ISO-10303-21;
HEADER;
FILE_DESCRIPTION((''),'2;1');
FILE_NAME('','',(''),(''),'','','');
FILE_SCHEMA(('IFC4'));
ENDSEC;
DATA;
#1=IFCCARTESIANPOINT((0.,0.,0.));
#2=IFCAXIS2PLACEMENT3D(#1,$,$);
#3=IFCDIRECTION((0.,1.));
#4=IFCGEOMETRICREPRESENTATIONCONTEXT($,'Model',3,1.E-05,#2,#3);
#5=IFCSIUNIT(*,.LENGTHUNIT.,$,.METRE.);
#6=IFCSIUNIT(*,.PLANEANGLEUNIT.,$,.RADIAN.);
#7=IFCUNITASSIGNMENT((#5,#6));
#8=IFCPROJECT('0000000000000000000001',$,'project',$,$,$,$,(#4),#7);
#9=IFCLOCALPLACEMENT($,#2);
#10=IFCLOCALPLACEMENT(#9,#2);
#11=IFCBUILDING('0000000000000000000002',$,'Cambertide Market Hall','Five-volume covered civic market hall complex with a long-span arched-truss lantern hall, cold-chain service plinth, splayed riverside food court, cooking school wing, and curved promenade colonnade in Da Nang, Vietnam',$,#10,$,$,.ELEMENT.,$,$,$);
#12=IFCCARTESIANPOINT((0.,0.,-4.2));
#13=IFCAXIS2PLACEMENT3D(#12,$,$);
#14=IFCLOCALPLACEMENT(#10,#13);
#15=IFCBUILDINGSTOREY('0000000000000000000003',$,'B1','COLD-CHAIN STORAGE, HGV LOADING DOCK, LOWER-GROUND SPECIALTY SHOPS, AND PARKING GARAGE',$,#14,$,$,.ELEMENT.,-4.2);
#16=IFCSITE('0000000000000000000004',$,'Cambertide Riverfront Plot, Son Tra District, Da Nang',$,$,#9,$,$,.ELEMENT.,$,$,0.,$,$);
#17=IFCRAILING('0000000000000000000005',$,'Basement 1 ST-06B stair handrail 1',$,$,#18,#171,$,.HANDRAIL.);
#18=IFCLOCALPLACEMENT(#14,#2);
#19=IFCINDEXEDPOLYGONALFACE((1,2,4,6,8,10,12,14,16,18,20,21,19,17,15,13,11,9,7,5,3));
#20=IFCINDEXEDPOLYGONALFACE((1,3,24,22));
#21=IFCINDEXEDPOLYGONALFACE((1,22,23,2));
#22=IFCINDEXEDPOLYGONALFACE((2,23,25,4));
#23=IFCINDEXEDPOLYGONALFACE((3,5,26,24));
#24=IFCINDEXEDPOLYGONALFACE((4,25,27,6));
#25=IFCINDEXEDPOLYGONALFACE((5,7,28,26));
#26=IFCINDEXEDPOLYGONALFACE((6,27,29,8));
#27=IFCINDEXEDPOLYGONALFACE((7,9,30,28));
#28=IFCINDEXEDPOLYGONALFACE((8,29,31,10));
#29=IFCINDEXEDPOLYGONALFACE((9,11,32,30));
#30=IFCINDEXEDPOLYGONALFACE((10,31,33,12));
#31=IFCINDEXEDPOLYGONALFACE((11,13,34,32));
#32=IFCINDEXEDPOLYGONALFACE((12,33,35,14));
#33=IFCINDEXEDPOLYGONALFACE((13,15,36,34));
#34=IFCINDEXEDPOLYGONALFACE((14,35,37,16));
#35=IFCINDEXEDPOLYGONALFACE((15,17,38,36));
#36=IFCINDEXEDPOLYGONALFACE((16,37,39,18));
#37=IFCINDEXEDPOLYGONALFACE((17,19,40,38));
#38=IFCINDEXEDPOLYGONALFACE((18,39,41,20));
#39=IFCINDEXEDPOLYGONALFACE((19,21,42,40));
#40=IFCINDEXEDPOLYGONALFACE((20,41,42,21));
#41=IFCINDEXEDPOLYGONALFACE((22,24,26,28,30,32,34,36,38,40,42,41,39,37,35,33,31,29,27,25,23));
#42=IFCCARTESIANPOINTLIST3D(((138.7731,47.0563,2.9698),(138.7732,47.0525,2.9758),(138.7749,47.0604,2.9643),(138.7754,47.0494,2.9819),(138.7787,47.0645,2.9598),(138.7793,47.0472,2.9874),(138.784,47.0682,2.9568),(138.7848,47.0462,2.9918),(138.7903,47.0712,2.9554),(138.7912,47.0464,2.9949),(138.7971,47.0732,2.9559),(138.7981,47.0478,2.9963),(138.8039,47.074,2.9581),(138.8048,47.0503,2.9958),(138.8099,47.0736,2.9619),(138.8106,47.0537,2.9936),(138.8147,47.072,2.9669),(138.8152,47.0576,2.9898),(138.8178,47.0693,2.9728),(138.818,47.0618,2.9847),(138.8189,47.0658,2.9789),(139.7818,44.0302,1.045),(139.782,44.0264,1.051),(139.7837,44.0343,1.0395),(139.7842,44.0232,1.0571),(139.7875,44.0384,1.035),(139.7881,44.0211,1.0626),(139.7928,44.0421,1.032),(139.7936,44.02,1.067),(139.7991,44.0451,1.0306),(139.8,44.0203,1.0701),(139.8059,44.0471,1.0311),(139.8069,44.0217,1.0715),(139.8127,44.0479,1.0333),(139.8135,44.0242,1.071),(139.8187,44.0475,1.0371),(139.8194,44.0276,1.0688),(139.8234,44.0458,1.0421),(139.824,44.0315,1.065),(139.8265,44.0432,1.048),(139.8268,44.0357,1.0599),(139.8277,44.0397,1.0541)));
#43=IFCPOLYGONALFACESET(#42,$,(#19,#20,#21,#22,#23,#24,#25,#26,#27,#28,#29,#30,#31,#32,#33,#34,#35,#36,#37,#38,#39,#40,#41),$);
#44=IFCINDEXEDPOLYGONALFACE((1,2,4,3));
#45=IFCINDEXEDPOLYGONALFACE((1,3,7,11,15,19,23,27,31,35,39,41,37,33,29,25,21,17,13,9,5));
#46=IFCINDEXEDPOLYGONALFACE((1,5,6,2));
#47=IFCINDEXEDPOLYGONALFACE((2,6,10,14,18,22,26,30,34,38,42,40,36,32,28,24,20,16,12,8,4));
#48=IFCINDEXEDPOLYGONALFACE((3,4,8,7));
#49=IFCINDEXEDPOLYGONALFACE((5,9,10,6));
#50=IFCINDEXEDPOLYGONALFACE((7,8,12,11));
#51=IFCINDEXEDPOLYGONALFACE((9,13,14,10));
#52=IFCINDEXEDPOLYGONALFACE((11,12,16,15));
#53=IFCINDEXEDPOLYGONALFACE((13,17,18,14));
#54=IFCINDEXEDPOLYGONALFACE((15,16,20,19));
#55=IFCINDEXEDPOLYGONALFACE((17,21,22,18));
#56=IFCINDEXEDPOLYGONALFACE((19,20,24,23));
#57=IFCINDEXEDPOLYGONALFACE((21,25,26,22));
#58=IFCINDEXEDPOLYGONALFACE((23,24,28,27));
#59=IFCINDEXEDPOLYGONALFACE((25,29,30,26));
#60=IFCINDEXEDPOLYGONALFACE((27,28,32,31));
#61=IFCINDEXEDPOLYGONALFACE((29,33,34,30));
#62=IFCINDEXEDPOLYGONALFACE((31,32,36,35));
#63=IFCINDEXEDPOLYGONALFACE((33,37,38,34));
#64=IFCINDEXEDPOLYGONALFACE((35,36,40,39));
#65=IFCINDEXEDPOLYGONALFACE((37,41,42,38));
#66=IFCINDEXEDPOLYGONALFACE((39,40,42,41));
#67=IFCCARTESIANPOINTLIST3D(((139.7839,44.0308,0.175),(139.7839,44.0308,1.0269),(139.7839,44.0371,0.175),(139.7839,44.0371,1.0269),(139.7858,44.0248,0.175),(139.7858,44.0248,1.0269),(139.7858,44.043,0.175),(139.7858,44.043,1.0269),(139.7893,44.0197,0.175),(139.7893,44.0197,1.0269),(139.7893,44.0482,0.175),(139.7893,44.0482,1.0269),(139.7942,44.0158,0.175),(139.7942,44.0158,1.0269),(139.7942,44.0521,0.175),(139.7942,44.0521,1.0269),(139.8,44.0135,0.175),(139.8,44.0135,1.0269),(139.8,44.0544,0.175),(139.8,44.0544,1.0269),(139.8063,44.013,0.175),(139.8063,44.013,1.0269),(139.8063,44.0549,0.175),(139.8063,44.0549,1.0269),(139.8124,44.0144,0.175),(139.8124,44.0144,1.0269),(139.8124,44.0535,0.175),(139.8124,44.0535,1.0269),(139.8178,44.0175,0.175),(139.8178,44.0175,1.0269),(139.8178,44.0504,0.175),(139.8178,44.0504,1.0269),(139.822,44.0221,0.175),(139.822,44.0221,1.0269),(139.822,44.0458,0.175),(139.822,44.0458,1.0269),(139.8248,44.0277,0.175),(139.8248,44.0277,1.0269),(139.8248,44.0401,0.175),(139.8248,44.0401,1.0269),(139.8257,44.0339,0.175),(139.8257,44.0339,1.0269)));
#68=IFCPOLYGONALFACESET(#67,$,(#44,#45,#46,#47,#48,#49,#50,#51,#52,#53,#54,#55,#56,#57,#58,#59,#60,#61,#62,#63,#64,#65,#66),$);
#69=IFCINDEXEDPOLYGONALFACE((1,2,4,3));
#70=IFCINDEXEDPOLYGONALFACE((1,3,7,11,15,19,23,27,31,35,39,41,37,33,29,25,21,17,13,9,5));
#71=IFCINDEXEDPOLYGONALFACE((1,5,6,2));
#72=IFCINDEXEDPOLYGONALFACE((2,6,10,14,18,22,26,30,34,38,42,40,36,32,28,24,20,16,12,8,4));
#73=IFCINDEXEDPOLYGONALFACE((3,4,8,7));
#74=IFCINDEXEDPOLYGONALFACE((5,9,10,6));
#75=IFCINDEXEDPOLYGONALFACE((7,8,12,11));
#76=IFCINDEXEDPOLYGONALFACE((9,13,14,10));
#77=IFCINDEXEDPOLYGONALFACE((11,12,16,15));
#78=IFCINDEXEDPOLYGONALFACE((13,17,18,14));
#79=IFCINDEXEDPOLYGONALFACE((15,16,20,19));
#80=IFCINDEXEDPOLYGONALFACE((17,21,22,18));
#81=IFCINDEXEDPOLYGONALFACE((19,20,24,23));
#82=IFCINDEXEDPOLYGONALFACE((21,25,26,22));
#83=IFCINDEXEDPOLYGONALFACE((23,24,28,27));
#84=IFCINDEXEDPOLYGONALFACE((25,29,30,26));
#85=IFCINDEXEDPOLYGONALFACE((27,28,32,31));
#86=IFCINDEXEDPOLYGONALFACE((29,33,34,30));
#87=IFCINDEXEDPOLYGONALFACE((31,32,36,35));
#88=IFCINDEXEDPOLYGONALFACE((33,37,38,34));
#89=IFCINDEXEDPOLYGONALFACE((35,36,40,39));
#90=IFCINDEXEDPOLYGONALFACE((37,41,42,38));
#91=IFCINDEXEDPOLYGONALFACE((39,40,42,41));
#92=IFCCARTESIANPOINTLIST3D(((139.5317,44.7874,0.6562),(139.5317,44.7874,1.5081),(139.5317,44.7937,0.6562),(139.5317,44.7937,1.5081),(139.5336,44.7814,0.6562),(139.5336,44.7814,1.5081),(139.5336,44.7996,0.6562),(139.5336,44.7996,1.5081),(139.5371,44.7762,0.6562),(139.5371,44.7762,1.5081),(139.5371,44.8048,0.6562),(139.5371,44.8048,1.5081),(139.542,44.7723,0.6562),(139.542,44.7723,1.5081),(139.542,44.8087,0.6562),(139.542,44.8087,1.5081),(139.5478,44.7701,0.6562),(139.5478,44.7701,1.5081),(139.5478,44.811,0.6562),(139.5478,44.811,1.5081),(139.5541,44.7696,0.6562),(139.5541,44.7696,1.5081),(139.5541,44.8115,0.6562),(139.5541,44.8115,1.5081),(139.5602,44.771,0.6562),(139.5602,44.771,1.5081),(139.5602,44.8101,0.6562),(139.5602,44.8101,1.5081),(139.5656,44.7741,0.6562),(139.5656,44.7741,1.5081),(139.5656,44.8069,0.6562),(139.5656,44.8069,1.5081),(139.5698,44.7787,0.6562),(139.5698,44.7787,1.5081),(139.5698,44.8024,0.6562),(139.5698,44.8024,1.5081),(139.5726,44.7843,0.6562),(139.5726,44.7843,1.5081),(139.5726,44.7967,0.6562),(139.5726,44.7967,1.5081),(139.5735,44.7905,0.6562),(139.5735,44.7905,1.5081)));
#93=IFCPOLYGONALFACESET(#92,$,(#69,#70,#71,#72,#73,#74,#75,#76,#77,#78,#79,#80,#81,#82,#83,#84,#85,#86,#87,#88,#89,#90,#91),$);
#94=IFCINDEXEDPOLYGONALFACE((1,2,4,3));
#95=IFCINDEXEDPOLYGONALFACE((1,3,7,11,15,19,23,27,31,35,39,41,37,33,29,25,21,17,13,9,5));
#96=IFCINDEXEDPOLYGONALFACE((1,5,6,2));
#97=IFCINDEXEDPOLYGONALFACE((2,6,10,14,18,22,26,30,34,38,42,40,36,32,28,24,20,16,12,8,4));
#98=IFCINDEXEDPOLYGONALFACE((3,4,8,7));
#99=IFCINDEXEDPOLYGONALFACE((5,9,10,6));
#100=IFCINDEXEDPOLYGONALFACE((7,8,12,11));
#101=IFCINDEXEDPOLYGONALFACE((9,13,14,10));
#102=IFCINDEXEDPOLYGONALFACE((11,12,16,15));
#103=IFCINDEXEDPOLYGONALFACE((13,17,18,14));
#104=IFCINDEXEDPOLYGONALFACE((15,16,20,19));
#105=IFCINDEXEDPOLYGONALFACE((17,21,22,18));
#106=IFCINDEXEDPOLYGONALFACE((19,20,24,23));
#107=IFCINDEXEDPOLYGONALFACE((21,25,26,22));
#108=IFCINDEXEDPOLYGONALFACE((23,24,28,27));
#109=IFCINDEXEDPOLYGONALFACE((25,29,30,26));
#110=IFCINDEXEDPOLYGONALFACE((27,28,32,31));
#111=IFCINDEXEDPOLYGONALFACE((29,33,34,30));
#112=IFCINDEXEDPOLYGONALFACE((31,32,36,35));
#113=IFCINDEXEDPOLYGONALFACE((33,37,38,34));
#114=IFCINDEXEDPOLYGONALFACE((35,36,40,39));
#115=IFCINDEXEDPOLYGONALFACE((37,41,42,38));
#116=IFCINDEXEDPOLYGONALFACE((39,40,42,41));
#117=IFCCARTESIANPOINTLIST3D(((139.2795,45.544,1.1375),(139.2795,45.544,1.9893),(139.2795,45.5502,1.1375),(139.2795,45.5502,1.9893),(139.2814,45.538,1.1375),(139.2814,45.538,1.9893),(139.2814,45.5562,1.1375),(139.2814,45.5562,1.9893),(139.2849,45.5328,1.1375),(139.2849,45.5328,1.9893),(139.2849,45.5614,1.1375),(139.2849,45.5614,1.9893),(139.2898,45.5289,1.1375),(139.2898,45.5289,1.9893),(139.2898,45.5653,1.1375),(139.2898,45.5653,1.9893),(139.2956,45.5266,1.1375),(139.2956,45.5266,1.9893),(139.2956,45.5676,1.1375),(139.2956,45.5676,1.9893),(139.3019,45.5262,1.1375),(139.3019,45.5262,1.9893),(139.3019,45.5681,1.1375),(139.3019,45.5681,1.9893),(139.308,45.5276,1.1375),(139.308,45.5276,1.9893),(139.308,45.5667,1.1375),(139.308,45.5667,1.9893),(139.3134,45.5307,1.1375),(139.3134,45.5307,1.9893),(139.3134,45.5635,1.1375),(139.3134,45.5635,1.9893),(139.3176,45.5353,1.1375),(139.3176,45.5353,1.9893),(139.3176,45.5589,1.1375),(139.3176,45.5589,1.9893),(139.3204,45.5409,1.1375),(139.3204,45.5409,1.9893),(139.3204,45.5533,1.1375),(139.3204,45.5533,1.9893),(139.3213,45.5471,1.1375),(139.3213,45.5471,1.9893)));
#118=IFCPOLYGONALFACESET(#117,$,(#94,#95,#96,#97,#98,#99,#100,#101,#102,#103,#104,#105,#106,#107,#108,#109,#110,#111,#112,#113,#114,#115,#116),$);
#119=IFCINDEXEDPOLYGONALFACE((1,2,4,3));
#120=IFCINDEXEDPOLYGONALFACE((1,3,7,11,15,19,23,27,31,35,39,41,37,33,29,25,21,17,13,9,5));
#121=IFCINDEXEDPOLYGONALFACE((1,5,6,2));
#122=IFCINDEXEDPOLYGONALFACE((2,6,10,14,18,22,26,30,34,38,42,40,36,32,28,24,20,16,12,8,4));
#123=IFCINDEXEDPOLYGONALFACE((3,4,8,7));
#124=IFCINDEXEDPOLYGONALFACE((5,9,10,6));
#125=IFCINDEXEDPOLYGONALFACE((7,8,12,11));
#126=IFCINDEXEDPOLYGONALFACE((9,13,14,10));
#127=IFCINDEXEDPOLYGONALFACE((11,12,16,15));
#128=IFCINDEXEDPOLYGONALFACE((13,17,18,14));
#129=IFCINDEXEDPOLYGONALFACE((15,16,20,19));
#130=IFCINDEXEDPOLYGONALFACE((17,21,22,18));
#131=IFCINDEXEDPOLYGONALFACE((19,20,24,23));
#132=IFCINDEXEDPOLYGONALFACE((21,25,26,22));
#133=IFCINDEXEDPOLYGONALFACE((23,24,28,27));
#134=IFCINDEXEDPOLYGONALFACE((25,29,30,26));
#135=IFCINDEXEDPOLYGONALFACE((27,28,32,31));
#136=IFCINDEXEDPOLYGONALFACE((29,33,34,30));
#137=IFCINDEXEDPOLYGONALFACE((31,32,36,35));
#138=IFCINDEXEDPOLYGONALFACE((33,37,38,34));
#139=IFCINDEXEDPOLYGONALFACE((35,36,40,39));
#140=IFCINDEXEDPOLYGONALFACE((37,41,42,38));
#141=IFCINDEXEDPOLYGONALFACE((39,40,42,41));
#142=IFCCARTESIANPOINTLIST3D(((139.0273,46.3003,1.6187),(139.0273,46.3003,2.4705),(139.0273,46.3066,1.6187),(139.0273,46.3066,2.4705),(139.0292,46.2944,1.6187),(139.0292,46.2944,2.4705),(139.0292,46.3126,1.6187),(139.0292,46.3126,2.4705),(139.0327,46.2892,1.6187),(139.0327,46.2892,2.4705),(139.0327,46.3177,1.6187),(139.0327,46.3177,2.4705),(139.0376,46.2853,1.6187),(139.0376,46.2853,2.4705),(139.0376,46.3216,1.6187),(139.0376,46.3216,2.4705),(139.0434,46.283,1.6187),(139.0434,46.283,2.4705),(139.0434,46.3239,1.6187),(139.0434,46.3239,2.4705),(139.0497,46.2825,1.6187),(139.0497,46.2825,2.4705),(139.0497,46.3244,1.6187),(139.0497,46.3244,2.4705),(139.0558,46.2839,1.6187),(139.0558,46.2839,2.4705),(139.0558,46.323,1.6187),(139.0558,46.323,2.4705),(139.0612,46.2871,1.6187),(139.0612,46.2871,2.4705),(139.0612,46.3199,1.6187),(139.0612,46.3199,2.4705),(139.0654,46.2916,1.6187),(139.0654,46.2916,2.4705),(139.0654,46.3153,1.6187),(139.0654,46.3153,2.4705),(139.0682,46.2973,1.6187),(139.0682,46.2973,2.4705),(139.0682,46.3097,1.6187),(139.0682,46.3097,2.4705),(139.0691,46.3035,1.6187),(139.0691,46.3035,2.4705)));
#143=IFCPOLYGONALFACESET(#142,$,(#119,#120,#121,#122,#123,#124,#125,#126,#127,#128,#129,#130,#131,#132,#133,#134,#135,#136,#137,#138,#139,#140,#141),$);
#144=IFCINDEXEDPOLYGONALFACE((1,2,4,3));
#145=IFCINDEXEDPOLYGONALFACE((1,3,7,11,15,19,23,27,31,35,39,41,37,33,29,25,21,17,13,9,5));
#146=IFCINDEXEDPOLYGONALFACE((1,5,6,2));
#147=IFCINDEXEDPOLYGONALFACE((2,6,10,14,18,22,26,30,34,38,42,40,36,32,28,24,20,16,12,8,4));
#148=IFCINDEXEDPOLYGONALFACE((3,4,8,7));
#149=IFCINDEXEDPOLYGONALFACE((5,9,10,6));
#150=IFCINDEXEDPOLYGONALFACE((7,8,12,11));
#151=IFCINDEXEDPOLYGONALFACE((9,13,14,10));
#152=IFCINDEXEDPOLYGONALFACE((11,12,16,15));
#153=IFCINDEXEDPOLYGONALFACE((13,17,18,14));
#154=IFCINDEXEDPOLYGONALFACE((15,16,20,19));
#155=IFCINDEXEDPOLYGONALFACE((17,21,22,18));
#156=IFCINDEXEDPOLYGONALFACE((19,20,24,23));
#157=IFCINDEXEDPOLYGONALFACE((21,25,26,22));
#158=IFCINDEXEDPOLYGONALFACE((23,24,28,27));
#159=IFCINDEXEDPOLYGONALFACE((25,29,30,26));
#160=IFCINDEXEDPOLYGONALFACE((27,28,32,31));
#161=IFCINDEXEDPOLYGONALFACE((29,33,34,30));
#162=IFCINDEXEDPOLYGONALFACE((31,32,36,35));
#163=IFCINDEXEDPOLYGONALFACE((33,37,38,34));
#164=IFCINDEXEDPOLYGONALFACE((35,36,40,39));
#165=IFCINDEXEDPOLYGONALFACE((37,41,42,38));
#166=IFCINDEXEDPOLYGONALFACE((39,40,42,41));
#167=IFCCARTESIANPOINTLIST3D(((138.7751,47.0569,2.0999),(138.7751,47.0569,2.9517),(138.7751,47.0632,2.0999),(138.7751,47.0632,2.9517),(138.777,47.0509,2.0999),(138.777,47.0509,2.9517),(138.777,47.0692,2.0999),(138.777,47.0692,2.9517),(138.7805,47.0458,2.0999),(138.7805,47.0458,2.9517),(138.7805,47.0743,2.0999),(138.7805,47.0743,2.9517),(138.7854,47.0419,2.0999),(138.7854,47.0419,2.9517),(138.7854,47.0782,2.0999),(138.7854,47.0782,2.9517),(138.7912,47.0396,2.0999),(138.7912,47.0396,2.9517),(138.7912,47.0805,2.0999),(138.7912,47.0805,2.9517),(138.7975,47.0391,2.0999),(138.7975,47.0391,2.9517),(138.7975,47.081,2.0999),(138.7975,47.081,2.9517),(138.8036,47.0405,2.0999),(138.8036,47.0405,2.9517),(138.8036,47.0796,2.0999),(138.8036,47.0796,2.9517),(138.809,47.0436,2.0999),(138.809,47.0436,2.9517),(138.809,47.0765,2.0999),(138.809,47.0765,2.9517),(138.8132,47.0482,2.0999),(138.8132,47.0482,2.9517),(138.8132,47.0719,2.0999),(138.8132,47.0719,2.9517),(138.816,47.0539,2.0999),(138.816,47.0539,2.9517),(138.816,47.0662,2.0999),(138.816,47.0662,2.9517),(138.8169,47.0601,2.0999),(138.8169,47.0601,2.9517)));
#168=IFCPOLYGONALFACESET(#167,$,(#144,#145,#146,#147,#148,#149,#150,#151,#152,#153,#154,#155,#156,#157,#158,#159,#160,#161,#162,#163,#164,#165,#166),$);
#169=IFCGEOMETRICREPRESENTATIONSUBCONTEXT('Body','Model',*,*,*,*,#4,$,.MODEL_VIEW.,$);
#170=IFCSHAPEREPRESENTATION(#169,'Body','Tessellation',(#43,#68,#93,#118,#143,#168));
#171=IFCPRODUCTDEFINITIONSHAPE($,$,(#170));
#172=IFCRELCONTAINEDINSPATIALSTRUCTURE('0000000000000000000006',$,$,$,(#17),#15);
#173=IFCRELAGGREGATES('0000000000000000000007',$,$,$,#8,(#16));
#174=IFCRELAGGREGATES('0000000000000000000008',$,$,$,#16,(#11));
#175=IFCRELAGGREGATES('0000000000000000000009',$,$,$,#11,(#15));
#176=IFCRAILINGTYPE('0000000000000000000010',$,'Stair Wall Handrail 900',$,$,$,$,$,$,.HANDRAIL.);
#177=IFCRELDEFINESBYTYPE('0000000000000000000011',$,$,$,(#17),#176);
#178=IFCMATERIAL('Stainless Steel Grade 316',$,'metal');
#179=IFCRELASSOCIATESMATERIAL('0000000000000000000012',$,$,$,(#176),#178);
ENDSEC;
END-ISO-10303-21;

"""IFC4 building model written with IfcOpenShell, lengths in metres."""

from ifc_helpers import new_model, si_unit, direction, frame, origin, origin_2d, place, context, subcontext, project, spatial, circle, extrude, material, type_object, element, save


model = new_model("IFC4")

# Units and contexts
model_context = context("Model", 3, precision=1e-05, world=origin(), true_north=direction((0.0, 1.0)))
body_context = subcontext(model_context, "Body", "Model", "MODEL_VIEW")
ifc_project = project(units=[si_unit("LENGTHUNIT", "METRE"), si_unit("PLANEANGLEUNIT", "RADIAN")], contexts=[model_context])

# Site, building, storey
site_placement = place(None, origin())
site = spatial("IfcSite", under=ifc_project, at=site_placement, Name="Cambertide Riverfront Plot, Son Tra District, Da Nang", CompositionType="ELEMENT", RefElevation=0.0)
building_placement = place(site_placement, origin())
building = spatial("IfcBuilding", under=site, at=building_placement, Name="Cambertide Market Hall", Description="Five-volume covered civic market hall complex with a long-span arched-truss lantern hall, cold-chain service plinth, splayed riverside food court, cooking school wing, and curved promenade colonnade in Da Nang, Vietnam", CompositionType="ELEMENT")
storey_placement = place(building_placement, frame((0.0, 0.0, -4.2)))
storey = spatial("IfcBuildingStorey", under=building, at=storey_placement, Name="B1", Description="COLD-CHAIN STORAGE, HGV LOADING DOCK, LOWER-GROUND SPECIALTY SHOPS, AND PARKING GARAGE", CompositionType="ELEMENT", Elevation=-4.2)

# Railing
ifc_material_1 = material(Name="Stainless Steel Grade 316", Category="metal")
railing_type_1 = type_object("IfcRailingType", Name="Stair Wall Handrail 900", PredefinedType="HANDRAIL", material=ifc_material_1)
railing_1_placement = place(storey_placement, frame((139.8047, 44.0339, 0.175)))
element("IfcRailing", 1, at=railing_1_placement, inside=storey, type_object=railing_type_1, Name="Basement 1 ST-06B stair handrail 1", PredefinedType="HANDRAIL", context=body_context, shape_type="SweptSolid", body=[
    extrude(circle(Radius=0.0239, at=origin_2d()), frame((0.0, 0.0, 0.876), z_axis=(-0.270774, 0.812255, 0.516646), x_axis=(-0.948676, -0.316251, 0.0)), (0.0, 0.0, 1.0), 3.7256),
    extrude(circle(Radius=0.021, at=origin_2d()), origin(), (0.0, 0.0, 1.0), 0.8518),
    extrude(circle(Radius=0.021, at=origin_2d()), frame((-0.2522, 0.7566, 0.4812)), (0.0, 0.0, 1.0), 0.8518),
    extrude(circle(Radius=0.021, at=origin_2d()), frame((-0.5044, 1.5132, 0.9624)), (0.0, 0.0, 1.0), 0.8518),
    extrude(circle(Radius=0.021, at=origin_2d()), frame((-0.7566, 2.2695, 1.4436)), (0.0, 0.0, 1.0), 0.8518),
    extrude(circle(Radius=0.021, at=origin_2d()), frame((-1.0088, 3.0261, 1.9248)), (0.0, 0.0, 1.0), 0.8518),
])

save(model, "model.ifc")
